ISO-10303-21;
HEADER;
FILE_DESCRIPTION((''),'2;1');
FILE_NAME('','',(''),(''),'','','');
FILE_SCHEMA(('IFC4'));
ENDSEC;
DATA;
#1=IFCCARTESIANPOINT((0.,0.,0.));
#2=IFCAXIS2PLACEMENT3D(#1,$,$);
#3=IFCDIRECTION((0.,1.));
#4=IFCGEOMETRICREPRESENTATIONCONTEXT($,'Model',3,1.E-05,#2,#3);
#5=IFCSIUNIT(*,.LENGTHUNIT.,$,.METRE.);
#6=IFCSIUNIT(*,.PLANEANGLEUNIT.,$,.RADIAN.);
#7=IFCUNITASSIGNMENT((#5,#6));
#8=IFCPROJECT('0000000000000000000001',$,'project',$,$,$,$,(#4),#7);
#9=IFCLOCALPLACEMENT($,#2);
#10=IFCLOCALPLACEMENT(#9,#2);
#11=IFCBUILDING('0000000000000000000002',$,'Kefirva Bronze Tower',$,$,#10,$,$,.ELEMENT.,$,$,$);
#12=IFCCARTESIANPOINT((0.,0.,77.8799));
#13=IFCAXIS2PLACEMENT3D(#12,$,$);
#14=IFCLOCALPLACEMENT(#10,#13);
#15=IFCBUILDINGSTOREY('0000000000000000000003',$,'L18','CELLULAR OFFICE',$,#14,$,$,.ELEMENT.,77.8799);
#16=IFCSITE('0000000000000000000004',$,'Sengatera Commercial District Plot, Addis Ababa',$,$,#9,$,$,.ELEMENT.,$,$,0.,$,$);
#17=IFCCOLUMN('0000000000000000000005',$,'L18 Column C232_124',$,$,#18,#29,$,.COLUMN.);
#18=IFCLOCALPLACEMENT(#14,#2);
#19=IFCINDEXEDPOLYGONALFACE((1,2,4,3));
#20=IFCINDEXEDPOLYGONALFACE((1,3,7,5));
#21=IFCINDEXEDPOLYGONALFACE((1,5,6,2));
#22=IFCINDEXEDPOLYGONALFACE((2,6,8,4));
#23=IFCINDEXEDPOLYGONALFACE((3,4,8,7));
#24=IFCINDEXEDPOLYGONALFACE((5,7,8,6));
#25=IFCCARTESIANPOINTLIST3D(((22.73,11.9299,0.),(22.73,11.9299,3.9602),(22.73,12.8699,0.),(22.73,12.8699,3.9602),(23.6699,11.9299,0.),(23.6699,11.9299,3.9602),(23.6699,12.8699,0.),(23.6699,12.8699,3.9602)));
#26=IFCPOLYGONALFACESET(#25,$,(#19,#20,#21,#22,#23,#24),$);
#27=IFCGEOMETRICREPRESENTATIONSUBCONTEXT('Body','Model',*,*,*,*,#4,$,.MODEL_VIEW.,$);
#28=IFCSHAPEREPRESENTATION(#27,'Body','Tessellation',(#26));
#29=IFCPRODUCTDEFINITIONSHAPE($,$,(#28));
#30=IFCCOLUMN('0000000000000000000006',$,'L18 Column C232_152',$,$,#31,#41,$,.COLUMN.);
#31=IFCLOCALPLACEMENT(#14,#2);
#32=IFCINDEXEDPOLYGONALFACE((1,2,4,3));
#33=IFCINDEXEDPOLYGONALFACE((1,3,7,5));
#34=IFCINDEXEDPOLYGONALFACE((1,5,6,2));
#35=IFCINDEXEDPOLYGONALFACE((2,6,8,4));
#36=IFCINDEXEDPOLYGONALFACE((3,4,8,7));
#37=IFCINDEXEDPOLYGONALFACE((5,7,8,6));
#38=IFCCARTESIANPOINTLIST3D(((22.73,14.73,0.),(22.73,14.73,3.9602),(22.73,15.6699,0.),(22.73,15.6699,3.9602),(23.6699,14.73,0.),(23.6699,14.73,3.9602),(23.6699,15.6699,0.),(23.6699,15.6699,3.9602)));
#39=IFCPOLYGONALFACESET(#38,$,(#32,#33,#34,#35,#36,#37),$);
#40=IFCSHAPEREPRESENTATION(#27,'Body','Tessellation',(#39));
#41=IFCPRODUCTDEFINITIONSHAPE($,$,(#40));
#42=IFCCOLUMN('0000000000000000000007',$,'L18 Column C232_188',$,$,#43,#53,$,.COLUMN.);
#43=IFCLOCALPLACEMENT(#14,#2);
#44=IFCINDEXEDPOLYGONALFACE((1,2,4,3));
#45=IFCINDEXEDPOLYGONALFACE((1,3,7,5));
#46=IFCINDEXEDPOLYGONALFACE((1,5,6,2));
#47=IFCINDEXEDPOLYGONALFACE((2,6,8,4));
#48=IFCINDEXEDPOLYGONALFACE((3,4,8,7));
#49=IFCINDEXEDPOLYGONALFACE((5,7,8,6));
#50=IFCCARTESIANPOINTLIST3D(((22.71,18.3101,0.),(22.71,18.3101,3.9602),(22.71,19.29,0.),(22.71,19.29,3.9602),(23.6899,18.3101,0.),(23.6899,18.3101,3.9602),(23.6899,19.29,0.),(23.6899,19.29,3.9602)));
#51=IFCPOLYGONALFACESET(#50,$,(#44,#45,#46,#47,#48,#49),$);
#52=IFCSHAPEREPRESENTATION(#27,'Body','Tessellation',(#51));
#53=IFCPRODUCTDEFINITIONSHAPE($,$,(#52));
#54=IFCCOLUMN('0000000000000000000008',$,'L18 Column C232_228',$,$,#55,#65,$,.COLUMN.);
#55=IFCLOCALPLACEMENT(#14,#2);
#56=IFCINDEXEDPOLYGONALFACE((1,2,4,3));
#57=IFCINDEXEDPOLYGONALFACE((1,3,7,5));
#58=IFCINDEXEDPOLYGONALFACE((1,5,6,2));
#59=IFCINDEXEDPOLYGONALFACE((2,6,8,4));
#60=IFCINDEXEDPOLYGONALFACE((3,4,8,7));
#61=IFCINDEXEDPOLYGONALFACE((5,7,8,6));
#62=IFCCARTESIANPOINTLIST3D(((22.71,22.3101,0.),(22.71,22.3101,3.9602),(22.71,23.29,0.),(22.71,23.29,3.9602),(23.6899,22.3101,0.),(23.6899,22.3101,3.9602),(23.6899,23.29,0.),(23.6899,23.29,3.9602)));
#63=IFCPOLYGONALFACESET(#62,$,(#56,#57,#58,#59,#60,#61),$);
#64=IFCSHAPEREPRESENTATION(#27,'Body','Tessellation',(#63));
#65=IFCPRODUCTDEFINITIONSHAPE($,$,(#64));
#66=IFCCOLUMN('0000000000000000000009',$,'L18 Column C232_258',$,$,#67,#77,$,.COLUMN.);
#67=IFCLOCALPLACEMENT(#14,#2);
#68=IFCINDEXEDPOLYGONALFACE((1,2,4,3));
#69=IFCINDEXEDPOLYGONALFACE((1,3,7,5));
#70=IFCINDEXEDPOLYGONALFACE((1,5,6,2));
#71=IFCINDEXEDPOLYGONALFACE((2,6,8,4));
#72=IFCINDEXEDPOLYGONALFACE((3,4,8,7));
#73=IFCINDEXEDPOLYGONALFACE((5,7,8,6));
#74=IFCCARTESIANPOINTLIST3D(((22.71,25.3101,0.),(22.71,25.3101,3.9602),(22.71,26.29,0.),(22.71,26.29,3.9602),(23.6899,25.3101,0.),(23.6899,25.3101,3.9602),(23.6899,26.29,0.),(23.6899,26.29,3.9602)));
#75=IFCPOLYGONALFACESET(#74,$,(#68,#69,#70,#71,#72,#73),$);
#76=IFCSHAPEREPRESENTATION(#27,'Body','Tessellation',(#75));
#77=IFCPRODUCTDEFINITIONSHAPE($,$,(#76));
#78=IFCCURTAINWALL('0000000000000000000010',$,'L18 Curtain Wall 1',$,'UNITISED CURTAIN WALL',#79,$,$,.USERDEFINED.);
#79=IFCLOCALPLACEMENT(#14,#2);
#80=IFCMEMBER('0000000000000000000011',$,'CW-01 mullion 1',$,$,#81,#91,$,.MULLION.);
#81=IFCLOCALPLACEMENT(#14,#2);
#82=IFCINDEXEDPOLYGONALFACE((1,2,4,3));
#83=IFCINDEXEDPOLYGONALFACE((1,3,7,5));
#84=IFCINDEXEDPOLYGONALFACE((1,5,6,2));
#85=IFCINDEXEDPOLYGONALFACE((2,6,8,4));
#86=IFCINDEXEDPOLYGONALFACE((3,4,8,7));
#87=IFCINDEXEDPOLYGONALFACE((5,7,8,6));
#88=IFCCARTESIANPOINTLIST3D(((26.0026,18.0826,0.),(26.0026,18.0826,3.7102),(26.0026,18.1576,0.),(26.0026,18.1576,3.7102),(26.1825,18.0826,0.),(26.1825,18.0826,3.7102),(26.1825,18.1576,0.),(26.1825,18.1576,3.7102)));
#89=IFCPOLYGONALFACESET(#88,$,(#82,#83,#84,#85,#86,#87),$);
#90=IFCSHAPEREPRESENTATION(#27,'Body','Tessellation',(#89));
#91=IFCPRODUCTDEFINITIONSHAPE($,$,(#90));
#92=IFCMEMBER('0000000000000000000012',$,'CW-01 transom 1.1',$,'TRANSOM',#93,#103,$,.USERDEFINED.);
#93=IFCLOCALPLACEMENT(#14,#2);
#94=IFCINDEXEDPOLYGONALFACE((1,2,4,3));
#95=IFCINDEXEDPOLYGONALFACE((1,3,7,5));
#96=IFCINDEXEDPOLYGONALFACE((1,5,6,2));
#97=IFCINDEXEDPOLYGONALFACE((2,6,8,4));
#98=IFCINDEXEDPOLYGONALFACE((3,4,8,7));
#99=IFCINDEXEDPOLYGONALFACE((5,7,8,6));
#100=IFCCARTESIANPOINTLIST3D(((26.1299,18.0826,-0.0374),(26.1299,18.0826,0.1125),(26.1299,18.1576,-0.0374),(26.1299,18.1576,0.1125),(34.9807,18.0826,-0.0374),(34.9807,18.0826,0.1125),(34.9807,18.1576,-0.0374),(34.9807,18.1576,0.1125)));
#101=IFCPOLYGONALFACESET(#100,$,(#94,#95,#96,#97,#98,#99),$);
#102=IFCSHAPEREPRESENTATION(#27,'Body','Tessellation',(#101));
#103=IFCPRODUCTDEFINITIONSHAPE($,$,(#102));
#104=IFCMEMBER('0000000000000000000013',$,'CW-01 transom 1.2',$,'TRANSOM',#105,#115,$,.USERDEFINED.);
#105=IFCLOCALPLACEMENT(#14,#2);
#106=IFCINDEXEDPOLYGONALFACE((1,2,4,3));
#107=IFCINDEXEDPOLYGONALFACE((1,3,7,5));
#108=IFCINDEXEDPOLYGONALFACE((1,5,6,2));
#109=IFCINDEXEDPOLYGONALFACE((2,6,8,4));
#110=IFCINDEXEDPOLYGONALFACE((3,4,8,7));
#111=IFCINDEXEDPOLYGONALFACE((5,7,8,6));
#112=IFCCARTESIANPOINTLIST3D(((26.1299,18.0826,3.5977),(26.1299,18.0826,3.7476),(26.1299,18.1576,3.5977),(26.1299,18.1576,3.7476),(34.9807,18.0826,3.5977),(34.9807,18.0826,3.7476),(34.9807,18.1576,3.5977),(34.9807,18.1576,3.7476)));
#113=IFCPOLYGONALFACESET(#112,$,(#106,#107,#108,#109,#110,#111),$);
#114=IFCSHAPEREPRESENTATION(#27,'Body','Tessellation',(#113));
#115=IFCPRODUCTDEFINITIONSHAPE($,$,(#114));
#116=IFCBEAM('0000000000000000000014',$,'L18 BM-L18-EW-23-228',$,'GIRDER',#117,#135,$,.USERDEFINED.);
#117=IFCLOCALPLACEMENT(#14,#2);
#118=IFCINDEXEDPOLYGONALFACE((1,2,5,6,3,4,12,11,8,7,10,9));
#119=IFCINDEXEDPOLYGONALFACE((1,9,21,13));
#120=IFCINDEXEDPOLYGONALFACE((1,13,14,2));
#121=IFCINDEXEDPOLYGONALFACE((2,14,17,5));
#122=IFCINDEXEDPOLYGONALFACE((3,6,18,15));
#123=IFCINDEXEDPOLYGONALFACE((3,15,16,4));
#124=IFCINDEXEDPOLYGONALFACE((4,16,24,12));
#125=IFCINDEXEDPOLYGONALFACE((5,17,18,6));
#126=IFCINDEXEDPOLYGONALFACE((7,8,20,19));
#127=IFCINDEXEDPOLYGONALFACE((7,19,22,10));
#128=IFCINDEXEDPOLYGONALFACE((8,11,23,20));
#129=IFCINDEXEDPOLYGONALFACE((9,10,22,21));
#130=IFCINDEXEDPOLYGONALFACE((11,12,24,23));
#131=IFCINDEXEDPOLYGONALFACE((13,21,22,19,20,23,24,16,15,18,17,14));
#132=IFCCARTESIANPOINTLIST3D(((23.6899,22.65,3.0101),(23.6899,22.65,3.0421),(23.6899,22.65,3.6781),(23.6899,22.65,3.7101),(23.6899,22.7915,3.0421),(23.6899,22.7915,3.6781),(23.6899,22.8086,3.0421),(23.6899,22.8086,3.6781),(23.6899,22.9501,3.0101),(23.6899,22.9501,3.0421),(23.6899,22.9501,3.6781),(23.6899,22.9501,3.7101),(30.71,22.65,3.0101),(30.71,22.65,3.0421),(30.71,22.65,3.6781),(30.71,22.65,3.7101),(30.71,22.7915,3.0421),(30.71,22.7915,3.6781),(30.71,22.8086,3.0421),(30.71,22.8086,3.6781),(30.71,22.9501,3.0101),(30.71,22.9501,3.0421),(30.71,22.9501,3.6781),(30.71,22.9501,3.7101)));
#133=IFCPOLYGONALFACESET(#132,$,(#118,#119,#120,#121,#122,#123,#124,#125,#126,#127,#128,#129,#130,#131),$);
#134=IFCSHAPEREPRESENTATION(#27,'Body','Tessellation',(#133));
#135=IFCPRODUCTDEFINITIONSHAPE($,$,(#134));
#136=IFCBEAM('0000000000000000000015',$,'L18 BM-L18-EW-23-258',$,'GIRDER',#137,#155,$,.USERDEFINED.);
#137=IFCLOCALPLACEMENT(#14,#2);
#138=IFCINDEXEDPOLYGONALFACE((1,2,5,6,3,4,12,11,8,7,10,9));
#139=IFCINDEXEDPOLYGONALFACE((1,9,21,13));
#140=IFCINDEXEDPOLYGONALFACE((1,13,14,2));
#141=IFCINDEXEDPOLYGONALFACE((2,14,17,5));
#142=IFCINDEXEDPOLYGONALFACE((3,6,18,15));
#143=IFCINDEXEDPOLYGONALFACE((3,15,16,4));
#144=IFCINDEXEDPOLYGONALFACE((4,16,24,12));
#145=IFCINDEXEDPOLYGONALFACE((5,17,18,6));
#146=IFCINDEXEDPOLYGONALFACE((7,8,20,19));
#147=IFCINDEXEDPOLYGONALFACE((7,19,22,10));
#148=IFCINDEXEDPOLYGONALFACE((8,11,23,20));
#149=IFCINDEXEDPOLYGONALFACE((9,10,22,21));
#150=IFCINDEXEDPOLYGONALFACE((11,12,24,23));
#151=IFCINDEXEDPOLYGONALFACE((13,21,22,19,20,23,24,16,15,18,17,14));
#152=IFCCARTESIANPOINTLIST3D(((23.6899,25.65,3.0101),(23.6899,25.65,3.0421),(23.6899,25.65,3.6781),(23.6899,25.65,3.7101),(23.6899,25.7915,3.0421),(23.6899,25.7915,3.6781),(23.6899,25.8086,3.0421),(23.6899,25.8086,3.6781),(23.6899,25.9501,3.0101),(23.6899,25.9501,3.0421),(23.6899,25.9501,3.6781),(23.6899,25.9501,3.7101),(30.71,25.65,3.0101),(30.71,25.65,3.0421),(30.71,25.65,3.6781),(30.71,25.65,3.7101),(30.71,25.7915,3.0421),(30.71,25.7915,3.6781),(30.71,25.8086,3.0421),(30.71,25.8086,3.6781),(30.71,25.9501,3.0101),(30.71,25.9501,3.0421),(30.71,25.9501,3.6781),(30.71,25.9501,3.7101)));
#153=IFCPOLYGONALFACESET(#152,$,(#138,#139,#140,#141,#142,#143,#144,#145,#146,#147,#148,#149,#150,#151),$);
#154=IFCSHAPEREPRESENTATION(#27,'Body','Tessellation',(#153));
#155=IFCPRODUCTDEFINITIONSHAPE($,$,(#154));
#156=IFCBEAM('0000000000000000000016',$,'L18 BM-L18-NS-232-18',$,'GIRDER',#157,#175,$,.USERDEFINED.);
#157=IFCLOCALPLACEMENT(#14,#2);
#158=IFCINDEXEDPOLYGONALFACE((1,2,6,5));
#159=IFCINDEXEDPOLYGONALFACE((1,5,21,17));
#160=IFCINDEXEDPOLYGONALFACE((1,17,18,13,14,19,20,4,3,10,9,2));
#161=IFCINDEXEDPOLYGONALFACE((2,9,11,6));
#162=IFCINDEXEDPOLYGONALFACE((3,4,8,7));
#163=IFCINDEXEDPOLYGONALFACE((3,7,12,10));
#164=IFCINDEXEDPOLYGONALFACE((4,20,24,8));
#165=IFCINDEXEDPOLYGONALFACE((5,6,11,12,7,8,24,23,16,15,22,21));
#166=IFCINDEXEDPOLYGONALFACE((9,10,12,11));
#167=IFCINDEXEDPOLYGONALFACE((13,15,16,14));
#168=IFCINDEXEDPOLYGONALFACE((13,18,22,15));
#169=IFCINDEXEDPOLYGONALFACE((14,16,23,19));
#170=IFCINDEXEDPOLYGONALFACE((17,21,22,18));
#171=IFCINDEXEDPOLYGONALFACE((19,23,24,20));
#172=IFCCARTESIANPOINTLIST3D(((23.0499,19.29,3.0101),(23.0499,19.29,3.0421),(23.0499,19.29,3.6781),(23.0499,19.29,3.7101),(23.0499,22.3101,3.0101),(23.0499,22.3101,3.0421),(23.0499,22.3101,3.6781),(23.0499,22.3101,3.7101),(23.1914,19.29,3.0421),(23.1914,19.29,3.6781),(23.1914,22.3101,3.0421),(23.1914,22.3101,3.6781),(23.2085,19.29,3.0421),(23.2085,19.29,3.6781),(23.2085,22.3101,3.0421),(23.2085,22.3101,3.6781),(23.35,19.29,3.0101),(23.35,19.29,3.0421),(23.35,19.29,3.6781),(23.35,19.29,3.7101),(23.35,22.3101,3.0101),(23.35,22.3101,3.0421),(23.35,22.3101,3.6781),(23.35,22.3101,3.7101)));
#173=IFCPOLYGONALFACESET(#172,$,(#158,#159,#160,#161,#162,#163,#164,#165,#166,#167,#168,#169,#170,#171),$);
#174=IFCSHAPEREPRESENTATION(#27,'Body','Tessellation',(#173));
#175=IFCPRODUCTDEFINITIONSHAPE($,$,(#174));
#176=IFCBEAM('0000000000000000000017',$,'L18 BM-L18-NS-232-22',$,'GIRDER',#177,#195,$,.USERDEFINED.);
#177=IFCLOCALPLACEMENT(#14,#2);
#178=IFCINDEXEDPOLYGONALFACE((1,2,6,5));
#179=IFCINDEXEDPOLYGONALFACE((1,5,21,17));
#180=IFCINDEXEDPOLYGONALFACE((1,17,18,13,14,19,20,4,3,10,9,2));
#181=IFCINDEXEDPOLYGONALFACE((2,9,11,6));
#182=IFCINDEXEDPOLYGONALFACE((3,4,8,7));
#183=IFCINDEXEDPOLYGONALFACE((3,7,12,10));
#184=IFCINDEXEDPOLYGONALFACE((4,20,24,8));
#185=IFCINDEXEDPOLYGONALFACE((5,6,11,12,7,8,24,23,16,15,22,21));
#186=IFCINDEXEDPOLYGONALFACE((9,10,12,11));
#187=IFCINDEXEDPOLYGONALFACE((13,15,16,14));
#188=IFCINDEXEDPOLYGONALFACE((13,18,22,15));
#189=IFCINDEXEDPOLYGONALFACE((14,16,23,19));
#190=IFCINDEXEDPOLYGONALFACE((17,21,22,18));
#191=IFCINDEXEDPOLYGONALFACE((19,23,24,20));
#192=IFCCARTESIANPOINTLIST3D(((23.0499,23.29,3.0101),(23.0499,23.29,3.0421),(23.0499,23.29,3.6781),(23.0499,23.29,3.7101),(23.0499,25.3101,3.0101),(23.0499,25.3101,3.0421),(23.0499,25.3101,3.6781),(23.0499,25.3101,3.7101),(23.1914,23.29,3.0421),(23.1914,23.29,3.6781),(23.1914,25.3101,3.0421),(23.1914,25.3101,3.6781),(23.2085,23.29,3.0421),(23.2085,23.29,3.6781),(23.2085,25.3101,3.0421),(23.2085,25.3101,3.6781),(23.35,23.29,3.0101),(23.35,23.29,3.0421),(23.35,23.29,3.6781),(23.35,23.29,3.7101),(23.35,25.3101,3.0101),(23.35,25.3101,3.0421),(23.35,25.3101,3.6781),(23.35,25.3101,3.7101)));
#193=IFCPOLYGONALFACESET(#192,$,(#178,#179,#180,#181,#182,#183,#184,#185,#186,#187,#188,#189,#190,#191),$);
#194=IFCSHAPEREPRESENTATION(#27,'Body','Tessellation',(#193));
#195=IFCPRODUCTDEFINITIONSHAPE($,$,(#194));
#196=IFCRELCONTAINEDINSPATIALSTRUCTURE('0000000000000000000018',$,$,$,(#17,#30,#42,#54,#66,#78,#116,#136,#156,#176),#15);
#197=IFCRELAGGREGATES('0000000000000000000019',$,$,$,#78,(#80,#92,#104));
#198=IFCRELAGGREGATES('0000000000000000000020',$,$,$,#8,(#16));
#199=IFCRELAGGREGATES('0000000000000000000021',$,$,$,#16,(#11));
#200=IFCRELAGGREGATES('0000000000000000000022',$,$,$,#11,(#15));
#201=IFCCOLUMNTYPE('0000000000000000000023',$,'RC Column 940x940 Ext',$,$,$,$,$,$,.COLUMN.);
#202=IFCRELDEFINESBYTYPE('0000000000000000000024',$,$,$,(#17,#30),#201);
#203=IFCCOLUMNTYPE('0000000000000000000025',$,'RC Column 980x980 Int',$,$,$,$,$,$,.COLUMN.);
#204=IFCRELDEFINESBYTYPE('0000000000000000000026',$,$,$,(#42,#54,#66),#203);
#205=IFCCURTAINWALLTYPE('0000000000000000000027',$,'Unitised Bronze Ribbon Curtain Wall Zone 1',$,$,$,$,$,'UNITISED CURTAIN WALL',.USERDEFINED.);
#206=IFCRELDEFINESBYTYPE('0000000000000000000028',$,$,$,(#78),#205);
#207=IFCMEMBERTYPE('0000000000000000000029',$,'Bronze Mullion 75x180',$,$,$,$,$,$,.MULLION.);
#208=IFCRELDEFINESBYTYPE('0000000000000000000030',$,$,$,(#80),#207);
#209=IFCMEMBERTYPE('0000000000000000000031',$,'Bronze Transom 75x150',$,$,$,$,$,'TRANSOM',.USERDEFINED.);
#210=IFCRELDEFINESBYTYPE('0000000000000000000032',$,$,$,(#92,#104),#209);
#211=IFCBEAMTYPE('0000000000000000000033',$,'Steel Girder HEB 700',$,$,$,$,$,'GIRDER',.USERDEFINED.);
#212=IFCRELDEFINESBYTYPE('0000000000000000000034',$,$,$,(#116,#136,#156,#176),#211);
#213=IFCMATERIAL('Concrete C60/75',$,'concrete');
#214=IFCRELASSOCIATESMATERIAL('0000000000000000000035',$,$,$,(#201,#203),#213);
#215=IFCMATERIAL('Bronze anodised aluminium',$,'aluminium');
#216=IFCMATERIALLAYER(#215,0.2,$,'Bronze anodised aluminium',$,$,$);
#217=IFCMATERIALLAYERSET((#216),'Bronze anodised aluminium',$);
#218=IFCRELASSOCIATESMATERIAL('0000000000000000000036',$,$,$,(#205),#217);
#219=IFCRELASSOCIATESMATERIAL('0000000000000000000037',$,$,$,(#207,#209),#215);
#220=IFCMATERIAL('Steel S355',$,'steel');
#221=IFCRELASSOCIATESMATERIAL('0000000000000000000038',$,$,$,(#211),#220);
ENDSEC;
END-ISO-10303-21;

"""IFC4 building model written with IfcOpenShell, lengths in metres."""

from ifc_helpers import new_model, si_unit, direction, frame, origin, origin_2d, place, context, subcontext, project, spatial, rectangle, i_section, extrude, material, layer, layer_set, material_profile, profile_set, type_object, element, aggregate, save


model = new_model("IFC4")

# Units and contexts
model_context = context("Model", 3, precision=1e-05, world=origin(), true_north=direction((0.0, 1.0)))
body_context = subcontext(model_context, "Body", "Model", "MODEL_VIEW")
ifc_project = project(units=[si_unit("LENGTHUNIT", "METRE"), si_unit("PLANEANGLEUNIT", "RADIAN")], contexts=[model_context])

# Site, building, storey
site_placement = place(None, origin())
site = spatial("IfcSite", under=ifc_project, at=site_placement, Name="Sengatera Commercial District Plot, Addis Ababa", CompositionType="ELEMENT", RefElevation=0.0)
building_placement = place(site_placement, origin())
building = spatial("IfcBuilding", under=site, at=building_placement, Name="Kefirva Bronze Tower", CompositionType="ELEMENT")
storey_placement = place(building_placement, frame((0.0, 0.0, 77.8799)))
storey = spatial("IfcBuildingStorey", under=building, at=storey_placement, Name="L18", Description="CELLULAR OFFICE", CompositionType="ELEMENT", Elevation=77.8799)

# Columns
ifc_material_1 = material(Name="Concrete C60/75", Category="concrete")
ifc_material_profile_1 = material_profile(ifc_material_1, rectangle(XDim=0.9399, YDim=0.9399, at=origin_2d()), Name="RC 940x940")
ifc_profile_set_1 = profile_set([ifc_material_profile_1], Name="Concrete C60/75")
column_type_1 = type_object("IfcColumnType", Name="RC Column 940x940 Ext", PredefinedType="COLUMN", material=ifc_profile_set_1)
for number, where, z_axis, x_axis, name in (
    (1, (23.2, 12.3999, 0.0), (0.0, 0.0, 1.0), (1.0, 0.0, 0.0), "L18 Column C232_124"),
    (2, (23.2, 15.2, 0.0), (0.0, 0.0, 1.0), (1.0, 0.0, 0.0), "L18 Column C232_152"),
):
    element("IfcColumn", number, at=place(storey_placement, frame(where, z_axis=z_axis, x_axis=x_axis)), inside=storey, type_object=column_type_1, Name=name, PredefinedType="COLUMN", context=body_context, shape_type="SweptSolid", body=[
        extrude(rectangle(XDim=0.9399, YDim=0.9399, at=origin_2d()), origin(), (0.0, 0.0, 1.0), 3.9602),
    ])
ifc_material_profile_2 = material_profile(ifc_material_1, rectangle(XDim=0.98, YDim=0.98, at=origin_2d()), Name="RC 980x980")
ifc_profile_set_2 = profile_set([ifc_material_profile_2], Name="Concrete C60/75")
column_type_2 = type_object("IfcColumnType", Name="RC Column 980x980 Int", PredefinedType="COLUMN", material=ifc_profile_set_2)
for number, where, z_axis, x_axis, name in (
    (3, (23.2, 18.8, 0.0), (0.0, 0.0, 1.0), (1.0, 0.0, 0.0), "L18 Column C232_188"),
    (4, (23.2, 22.8, 0.0), (0.0, 0.0, 1.0), (1.0, 0.0, 0.0), "L18 Column C232_228"),
    (5, (23.2, 25.8, 0.0), (0.0, 0.0, 1.0), (1.0, 0.0, 0.0), "L18 Column C232_258"),
):
    element("IfcColumn", number, at=place(storey_placement, frame(where, z_axis=z_axis, x_axis=x_axis)), inside=storey, type_object=column_type_2, Name=name, PredefinedType="COLUMN", context=body_context, shape_type="SweptSolid", body=[
        extrude(rectangle(XDim=0.98, YDim=0.98, at=origin_2d()), origin(), (0.0, 0.0, 1.0), 3.9602),
    ])

# Curtain wall, members
ifc_material_2 = material(Name="Bronze anodised aluminium", Category="aluminium")
ifc_layer_1 = layer(ifc_material_2, 0.2, Name="Bronze anodised aluminium")
ifc_layer_set_1 = layer_set([ifc_layer_1], Name="Bronze anodised aluminium")
curtain_wall_type = type_object("IfcCurtainWallType", Name="Unitised Bronze Ribbon Curtain Wall Zone 1", ElementType="UNITISED CURTAIN WALL", PredefinedType="USERDEFINED", material=ifc_layer_set_1)
curtain_wall_placement = place(storey_placement, origin())
curtain_wall = element("IfcCurtainWall", 6, at=curtain_wall_placement, inside=storey, type_object=curtain_wall_type, Name="L18 Curtain Wall 1", ObjectType="UNITISED CURTAIN WALL", PredefinedType="USERDEFINED")
ifc_material_profile_3 = material_profile(ifc_material_2, rectangle(XDim=0.075, YDim=0.1799, at=origin_2d()), Name="ALU 75x180")
ifc_profile_set_3 = profile_set([ifc_material_profile_3], Name="Bronze anodised aluminium")
member_type_1 = type_object("IfcMemberType", Name="Bronze Mullion 75x180", PredefinedType="MULLION", material=ifc_profile_set_3)
member_1_placement = place(storey_placement, frame((26.0925, 18.1201, 0.0), z_axis=(0.0, 0.0, 1.0), x_axis=(0.0, 1.0, 0.0)))
member_1 = element("IfcMember", 7, at=member_1_placement, type_object=member_type_1, Name="CW-01 mullion 1", PredefinedType="MULLION", context=body_context, shape_type="SweptSolid", body=[
    extrude(rectangle(XDim=0.075, YDim=0.1799, at=origin_2d()), origin(), (0.0, 0.0, 1.0), 3.7102),
])
ifc_material_profile_4 = material_profile(ifc_material_2, rectangle(XDim=0.075, YDim=0.1499, at=origin_2d()), Name="ALU 75x150")
ifc_profile_set_4 = profile_set([ifc_material_profile_4], Name="Bronze anodised aluminium")
member_type_2 = type_object("IfcMemberType", Name="Bronze Transom 75x150", ElementType="TRANSOM", PredefinedType="USERDEFINED", material=ifc_profile_set_4)
member_2_placement = place(storey_placement, frame((26.1299, 18.1201, 0.0376), z_axis=(1.0, 0.0, 0.0), x_axis=(0.0, 1.0, 0.0)))
member_2 = element("IfcMember", 8, at=member_2_placement, type_object=member_type_2, Name="CW-01 transom 1.1", ObjectType="TRANSOM", PredefinedType="USERDEFINED", context=body_context, shape_type="SweptSolid", body=[
    extrude(rectangle(XDim=0.075, YDim=0.1499, at=origin_2d()), origin(), (0.0, 0.0, 1.0), 8.8508),
])
member_3_placement = place(storey_placement, frame((26.1299, 18.1201, 3.6726), z_axis=(1.0, 0.0, 0.0), x_axis=(0.0, 1.0, 0.0)))
member_3 = element("IfcMember", 9, at=member_3_placement, type_object=member_type_2, Name="CW-01 transom 1.2", ObjectType="TRANSOM", PredefinedType="USERDEFINED", context=body_context, shape_type="SweptSolid", body=[
    extrude(rectangle(XDim=0.075, YDim=0.1499, at=origin_2d()), origin(), (0.0, 0.0, 1.0), 8.8508),
])

# Beams
ifc_material_3 = material(Name="Steel S355", Category="steel")
ifc_material_profile_5 = material_profile(ifc_material_3, i_section(OverallWidth=0.3, OverallDepth=0.7, WebThickness=0.0171, FlangeThickness=0.032, at=origin_2d()), Name="HEB 700")
ifc_profile_set_5 = profile_set([ifc_material_profile_5], Name="Steel S355")
beam_type_1 = type_object("IfcBeamType", Name="Steel Girder HEB 700", ElementType="GIRDER", PredefinedType="USERDEFINED", material=ifc_profile_set_5)
for number, where, z_axis, x_axis, name in (
    (10, (23.6899, 22.8, 3.3601), (1.0, 0.0, 0.0), (0.0, 1.0, 0.0), "L18 BM-L18-EW-23-228"),
    (11, (23.6899, 25.8, 3.3601), (1.0, 0.0, 0.0), (0.0, 1.0, 0.0), "L18 BM-L18-EW-23-258"),
):
    element("IfcBeam", number, at=place(storey_placement, frame(where, z_axis=z_axis, x_axis=x_axis)), inside=storey, type_object=beam_type_1, Name=name, ObjectType="GIRDER", PredefinedType="USERDEFINED", context=body_context, shape_type="SweptSolid", body=[
        extrude(i_section(OverallWidth=0.3, OverallDepth=0.7, WebThickness=0.0171, FlangeThickness=0.032, at=origin_2d()), origin(), (0.0, 0.0, 1.0), 7.02),
    ])
beam_1_placement = place(storey_placement, frame((23.2, 19.29, 3.3601), z_axis=(0.0, 1.0, 0.0), x_axis=(-1.0, 0.0, 0.0)))
element("IfcBeam", 12, at=beam_1_placement, inside=storey, type_object=beam_type_1, Name="L18 BM-L18-NS-232-18", ObjectType="GIRDER", PredefinedType="USERDEFINED", context=body_context, shape_type="SweptSolid", body=[
    extrude(i_section(OverallWidth=0.3, OverallDepth=0.7, WebThickness=0.0171, FlangeThickness=0.032, at=origin_2d()), origin(), (0.0, 0.0, 1.0), 3.02),
])
beam_2_placement = place(storey_placement, frame((23.2, 23.29, 3.3601), z_axis=(0.0, 1.0, 0.0), x_axis=(-1.0, 0.0, 0.0)))
element("IfcBeam", 13, at=beam_2_placement, inside=storey, type_object=beam_type_1, Name="L18 BM-L18-NS-232-22", ObjectType="GIRDER", PredefinedType="USERDEFINED", context=body_context, shape_type="SweptSolid", body=[
    extrude(i_section(OverallWidth=0.3, OverallDepth=0.7, WebThickness=0.0171, FlangeThickness=0.032, at=origin_2d()), origin(), (0.0, 0.0, 1.0), 2.02),
])

aggregate(curtain_wall, [member_1, member_2, member_3])

save(model, "model.ifc")
